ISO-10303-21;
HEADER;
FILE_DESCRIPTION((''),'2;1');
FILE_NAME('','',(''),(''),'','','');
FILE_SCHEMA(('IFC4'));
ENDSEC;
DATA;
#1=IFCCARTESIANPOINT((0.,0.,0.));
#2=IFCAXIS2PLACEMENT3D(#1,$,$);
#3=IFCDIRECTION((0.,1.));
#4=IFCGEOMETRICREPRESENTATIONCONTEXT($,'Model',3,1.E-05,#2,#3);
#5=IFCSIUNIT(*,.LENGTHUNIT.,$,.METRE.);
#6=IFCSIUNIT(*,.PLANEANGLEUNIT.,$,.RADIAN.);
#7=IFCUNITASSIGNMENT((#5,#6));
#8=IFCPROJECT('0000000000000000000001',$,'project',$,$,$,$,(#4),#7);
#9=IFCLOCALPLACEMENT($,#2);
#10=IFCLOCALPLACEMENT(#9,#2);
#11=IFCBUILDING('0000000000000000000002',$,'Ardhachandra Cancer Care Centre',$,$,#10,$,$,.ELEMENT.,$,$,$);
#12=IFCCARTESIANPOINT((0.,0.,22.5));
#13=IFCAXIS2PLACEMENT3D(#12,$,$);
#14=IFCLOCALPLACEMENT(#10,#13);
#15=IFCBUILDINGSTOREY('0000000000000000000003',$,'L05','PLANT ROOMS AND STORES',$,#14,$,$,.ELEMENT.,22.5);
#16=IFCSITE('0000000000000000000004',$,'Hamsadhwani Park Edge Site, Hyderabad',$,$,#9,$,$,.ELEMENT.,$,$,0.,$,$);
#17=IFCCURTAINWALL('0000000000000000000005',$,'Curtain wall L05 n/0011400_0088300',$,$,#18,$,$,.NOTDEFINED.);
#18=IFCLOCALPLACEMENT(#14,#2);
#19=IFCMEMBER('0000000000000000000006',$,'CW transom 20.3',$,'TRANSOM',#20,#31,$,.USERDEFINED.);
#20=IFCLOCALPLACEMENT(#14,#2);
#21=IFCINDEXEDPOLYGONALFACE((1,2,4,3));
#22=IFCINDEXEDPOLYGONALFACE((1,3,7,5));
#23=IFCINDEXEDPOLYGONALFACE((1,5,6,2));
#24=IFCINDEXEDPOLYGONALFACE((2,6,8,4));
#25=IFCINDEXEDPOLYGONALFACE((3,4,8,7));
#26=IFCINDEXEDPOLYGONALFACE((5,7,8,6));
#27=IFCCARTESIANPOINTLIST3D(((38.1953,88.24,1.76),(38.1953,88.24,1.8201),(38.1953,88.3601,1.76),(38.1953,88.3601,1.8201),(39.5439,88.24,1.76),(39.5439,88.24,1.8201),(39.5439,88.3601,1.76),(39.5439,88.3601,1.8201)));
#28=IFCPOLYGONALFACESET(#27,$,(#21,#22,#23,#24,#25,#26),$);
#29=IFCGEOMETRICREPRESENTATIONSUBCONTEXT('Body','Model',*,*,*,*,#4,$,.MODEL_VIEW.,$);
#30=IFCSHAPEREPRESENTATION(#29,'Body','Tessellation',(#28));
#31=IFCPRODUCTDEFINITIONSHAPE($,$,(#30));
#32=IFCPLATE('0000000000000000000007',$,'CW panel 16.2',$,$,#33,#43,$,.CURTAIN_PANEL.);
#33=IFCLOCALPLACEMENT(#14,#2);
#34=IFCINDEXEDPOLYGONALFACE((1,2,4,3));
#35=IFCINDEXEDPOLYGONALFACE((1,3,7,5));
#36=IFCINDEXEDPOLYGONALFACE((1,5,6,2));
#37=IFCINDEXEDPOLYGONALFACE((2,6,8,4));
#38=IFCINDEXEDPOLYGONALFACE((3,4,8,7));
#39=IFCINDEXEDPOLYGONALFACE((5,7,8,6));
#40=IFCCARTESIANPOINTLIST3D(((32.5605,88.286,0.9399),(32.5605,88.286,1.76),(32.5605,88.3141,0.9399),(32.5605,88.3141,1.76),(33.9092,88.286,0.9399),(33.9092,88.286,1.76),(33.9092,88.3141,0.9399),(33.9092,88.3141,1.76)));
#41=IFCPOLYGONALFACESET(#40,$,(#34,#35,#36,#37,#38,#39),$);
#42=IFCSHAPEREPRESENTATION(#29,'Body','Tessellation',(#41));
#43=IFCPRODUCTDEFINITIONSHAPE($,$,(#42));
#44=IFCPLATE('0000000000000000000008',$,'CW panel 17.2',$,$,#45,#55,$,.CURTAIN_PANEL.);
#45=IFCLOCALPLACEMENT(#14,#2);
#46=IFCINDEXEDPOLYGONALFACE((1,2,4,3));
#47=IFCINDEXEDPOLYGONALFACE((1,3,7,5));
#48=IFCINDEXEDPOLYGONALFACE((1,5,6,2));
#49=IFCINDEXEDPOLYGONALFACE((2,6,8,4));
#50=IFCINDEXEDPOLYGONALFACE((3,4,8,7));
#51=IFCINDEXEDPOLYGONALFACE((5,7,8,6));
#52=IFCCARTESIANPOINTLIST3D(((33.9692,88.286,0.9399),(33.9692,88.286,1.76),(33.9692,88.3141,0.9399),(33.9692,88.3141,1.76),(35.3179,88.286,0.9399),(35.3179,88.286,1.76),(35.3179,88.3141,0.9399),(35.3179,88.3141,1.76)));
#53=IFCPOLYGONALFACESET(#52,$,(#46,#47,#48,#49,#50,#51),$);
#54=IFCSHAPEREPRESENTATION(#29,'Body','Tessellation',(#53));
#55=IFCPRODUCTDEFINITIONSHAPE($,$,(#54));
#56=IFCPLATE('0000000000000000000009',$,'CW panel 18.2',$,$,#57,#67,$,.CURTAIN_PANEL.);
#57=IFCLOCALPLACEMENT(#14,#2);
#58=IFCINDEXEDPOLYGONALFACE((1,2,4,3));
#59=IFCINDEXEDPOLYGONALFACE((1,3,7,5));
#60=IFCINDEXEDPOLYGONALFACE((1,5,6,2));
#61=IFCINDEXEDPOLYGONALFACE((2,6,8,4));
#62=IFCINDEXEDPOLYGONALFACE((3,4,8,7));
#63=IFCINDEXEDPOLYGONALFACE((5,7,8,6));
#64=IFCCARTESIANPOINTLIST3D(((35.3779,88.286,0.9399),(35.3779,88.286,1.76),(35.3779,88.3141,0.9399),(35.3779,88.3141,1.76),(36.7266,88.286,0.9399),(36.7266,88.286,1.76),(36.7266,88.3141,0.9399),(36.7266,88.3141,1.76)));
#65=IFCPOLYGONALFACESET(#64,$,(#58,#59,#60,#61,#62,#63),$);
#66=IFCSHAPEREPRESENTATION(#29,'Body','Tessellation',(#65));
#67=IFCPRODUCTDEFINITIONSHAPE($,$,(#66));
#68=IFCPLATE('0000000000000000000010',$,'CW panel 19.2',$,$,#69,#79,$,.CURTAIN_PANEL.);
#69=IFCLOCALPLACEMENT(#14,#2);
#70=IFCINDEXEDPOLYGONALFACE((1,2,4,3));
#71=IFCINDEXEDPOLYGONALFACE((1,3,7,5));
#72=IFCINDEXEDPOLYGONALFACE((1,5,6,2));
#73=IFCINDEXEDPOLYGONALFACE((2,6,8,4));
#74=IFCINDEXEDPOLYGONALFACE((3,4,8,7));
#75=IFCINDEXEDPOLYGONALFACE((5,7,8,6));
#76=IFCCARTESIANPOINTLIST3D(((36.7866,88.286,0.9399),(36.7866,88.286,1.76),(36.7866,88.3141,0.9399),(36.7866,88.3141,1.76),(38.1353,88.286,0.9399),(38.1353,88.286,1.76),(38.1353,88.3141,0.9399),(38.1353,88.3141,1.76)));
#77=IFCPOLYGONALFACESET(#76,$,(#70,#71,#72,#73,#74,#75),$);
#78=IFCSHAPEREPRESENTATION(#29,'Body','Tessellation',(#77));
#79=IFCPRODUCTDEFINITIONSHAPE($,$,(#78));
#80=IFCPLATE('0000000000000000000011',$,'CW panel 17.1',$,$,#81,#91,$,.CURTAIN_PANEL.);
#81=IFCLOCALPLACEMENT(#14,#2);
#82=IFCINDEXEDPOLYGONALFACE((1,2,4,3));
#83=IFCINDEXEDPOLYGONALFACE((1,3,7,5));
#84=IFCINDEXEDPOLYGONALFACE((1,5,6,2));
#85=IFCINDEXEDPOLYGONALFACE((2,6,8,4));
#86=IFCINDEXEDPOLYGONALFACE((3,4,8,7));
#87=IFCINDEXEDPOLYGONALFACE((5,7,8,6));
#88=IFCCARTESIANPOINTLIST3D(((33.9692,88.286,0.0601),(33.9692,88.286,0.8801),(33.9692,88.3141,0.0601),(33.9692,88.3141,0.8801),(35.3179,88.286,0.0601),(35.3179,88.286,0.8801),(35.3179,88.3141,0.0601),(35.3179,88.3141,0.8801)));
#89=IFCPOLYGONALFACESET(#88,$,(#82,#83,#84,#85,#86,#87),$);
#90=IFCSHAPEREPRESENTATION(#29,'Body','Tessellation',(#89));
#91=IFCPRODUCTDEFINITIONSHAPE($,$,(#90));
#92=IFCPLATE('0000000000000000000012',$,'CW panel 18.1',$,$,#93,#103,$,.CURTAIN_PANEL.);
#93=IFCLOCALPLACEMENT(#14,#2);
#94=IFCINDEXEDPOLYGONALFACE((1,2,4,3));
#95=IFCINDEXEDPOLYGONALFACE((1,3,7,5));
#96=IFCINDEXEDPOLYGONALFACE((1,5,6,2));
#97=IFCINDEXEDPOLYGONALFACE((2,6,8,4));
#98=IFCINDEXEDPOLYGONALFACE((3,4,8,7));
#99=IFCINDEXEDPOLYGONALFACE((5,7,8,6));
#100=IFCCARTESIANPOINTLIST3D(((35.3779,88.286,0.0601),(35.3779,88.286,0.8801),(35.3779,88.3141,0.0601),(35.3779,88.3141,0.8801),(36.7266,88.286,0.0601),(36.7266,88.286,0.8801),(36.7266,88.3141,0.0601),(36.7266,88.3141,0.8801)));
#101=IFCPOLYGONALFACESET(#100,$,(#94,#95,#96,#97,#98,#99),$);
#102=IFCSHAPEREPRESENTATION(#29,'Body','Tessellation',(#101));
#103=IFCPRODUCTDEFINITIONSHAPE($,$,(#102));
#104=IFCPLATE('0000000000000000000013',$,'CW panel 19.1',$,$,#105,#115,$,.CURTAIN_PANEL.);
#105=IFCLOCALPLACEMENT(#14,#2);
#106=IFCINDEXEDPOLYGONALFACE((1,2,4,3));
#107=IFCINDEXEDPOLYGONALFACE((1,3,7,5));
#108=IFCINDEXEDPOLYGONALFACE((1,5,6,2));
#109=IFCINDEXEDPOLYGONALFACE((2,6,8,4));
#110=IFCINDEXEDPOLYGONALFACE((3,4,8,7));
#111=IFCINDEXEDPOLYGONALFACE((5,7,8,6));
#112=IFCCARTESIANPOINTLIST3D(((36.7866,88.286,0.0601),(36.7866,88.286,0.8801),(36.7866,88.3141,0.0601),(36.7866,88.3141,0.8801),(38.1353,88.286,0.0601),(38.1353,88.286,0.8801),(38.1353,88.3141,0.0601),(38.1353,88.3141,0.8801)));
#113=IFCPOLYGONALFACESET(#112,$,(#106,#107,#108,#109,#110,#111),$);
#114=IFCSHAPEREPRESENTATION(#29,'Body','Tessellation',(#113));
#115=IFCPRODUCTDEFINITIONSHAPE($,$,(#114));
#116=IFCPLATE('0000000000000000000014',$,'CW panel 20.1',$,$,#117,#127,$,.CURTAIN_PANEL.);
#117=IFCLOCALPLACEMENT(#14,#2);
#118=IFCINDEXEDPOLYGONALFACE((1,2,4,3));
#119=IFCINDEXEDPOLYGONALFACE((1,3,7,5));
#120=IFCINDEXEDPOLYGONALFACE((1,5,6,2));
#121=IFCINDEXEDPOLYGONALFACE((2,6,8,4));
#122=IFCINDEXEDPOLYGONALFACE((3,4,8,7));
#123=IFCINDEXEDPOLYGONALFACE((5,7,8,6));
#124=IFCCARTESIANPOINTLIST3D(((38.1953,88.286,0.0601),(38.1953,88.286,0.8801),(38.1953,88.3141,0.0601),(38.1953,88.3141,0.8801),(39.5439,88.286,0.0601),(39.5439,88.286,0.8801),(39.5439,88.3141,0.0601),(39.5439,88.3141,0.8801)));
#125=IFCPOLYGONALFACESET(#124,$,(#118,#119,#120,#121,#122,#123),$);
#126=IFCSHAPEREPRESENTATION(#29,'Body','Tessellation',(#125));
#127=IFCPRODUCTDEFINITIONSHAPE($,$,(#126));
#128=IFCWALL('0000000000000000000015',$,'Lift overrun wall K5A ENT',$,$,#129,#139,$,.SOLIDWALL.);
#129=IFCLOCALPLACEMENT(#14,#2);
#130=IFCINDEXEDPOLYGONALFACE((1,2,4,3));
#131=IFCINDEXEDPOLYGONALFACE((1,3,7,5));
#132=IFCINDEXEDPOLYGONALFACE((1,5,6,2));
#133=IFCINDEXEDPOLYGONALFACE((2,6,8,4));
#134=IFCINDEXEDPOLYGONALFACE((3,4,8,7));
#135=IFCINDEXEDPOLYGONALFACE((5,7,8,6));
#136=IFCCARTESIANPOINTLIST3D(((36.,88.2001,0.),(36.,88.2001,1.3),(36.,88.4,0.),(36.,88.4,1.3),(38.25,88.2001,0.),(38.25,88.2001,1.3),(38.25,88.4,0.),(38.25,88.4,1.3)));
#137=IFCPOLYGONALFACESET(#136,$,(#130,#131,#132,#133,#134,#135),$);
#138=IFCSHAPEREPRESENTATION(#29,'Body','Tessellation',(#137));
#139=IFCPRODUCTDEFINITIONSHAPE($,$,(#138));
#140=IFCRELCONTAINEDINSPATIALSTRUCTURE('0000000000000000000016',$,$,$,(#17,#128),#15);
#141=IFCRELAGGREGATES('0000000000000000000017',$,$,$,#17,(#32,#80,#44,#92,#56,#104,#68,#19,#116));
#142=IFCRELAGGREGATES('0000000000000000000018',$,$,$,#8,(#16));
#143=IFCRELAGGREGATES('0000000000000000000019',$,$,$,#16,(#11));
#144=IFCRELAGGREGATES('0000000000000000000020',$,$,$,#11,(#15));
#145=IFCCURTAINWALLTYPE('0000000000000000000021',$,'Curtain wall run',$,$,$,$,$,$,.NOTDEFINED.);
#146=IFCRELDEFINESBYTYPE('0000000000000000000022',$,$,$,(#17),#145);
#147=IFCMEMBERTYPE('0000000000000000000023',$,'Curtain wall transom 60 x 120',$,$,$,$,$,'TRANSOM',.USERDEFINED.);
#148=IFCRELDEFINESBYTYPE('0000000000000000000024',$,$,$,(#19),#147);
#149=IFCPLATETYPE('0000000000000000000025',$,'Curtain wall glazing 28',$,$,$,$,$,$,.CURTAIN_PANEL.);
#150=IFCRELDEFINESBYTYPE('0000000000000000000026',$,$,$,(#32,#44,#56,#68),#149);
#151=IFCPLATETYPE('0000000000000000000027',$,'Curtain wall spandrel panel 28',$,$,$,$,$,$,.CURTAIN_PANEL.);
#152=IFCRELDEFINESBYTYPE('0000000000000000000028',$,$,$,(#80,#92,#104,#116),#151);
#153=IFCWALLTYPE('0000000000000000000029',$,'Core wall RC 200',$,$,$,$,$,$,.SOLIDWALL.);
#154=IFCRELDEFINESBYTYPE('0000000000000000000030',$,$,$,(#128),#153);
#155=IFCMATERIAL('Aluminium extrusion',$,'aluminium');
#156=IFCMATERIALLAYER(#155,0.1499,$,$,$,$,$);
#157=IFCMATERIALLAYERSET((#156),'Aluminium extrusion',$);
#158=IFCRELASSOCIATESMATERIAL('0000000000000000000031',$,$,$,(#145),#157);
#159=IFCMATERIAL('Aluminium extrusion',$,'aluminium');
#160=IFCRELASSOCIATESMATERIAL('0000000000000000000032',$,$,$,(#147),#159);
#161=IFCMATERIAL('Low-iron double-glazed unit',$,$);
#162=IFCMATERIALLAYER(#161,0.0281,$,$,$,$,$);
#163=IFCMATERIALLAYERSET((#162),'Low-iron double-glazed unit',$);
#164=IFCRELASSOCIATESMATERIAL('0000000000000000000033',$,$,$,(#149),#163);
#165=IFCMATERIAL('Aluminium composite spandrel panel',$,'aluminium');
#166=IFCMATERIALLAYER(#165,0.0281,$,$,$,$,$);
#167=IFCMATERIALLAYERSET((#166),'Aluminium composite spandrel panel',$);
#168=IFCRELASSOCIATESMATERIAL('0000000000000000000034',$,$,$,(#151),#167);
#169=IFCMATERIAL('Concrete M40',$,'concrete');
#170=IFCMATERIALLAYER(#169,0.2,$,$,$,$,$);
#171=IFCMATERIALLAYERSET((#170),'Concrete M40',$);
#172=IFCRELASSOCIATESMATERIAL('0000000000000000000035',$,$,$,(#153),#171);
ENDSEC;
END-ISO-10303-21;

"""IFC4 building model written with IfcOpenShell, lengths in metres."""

from ifc_helpers import new_model, si_unit, direction, frame, frame_2d, origin, origin_2d, place, context, subcontext, project, spatial, rectangle, extrude, material, layer, layer_set, material_profile, profile_set, type_object, element, aggregate, save


model = new_model("IFC4")

# Units and contexts
model_context = context("Model", 3, precision=1e-05, world=origin(), true_north=direction((0.0, 1.0)))
body_context = subcontext(model_context, "Body", "Model", "MODEL_VIEW")
ifc_project = project(units=[si_unit("LENGTHUNIT", "METRE"), si_unit("PLANEANGLEUNIT", "RADIAN")], contexts=[model_context])

# Site, building, storey
site_placement = place(None, origin())
site = spatial("IfcSite", under=ifc_project, at=site_placement, Name="Hamsadhwani Park Edge Site, Hyderabad", CompositionType="ELEMENT", RefElevation=0.0)
building_placement = place(site_placement, origin())
building = spatial("IfcBuilding", under=site, at=building_placement, Name="Ardhachandra Cancer Care Centre", CompositionType="ELEMENT")
storey_placement = place(building_placement, frame((0.0, 0.0, 22.5)))
storey = spatial("IfcBuildingStorey", under=building, at=storey_placement, Name="L05", Description="PLANT ROOMS AND STORES", CompositionType="ELEMENT", Elevation=22.5)

# Curtain wall, member, plates
ifc_material_1 = material(Name="Aluminium extrusion", Category="aluminium")
ifc_layer_1 = layer(ifc_material_1, 0.1499)
ifc_layer_set_1 = layer_set([ifc_layer_1], Name="Aluminium extrusion")
curtain_wall_type = type_object("IfcCurtainWallType", Name="Curtain wall run", PredefinedType="NOTDEFINED", material=ifc_layer_set_1)
curtain_wall_placement = place(storey_placement, origin())
curtain_wall = element("IfcCurtainWall", 1, at=curtain_wall_placement, inside=storey, type_object=curtain_wall_type, Name="Curtain wall L05 n/0011400_0088300", PredefinedType="NOTDEFINED")
ifc_material_2 = material(Name="Aluminium extrusion", Category="aluminium")
ifc_material_profile_1 = material_profile(ifc_material_2, rectangle(XDim=0.1201, YDim=0.0601, at=origin_2d()), Name="Curtain wall transom 60 x 120")
ifc_profile_set_1 = profile_set([ifc_material_profile_1], Name="Aluminium extrusion")
member_type_1 = type_object("IfcMemberType", Name="Curtain wall transom 60 x 120", ElementType="TRANSOM", PredefinedType="USERDEFINED", material=ifc_profile_set_1)
member_1_placement = place(storey_placement, frame((38.1953, 88.3, 1.79), z_axis=(1.0, 0.0, 0.0), x_axis=(0.0, 1.0, 0.0)))
member_1 = element("IfcMember", 2, at=member_1_placement, type_object=member_type_1, Name="CW transom 20.3", ObjectType="TRANSOM", PredefinedType="USERDEFINED", context=body_context, shape_type="SweptSolid", body=[
    extrude(rectangle(XDim=0.1201, YDim=0.0601, at=origin_2d()), origin(), (0.0, 0.0, 1.0), 1.3486),
])
ifc_material_3 = material(Name="Low-iron double-glazed unit")
ifc_layer_2 = layer(ifc_material_3, 0.0281)
ifc_layer_set_2 = layer_set([ifc_layer_2], Name="Low-iron double-glazed unit")
plate_type_1 = type_object("IfcPlateType", Name="Curtain wall glazing 28", PredefinedType="CURTAIN_PANEL", material=ifc_layer_set_2)
plate_1_placement = place(storey_placement, frame((33.2349, 88.3, 0.9399), z_axis=(0.0, 0.0, 1.0), x_axis=(1.0, 0.0, 0.0)))
plate_1 = element("IfcPlate", 3, at=plate_1_placement, type_object=plate_type_1, Name="CW panel 16.2", PredefinedType="CURTAIN_PANEL", context=body_context, shape_type="SweptSolid", body=[
    extrude(rectangle(XDim=1.3486, YDim=0.0281, at=origin_2d()), origin(), (0.0, 0.0, 1.0), 0.8201),
])
plate_2_placement = place(storey_placement, frame((34.6436, 88.3, 0.9399), z_axis=(0.0, 0.0, 1.0), x_axis=(1.0, 0.0, 0.0)))
plate_2 = element("IfcPlate", 4, at=plate_2_placement, type_object=plate_type_1, Name="CW panel 17.2", PredefinedType="CURTAIN_PANEL", context=body_context, shape_type="SweptSolid", body=[
    extrude(rectangle(XDim=1.3486, YDim=0.0281, at=origin_2d()), origin(), (0.0, 0.0, 1.0), 0.8201),
])
plate_3_placement = place(storey_placement, frame((36.0522, 88.3, 0.9399), z_axis=(0.0, 0.0, 1.0), x_axis=(1.0, 0.0, 0.0)))
plate_3 = element("IfcPlate", 5, at=plate_3_placement, type_object=plate_type_1, Name="CW panel 18.2", PredefinedType="CURTAIN_PANEL", context=body_context, shape_type="SweptSolid", body=[
    extrude(rectangle(XDim=1.3486, YDim=0.0281, at=origin_2d()), origin(), (0.0, 0.0, 1.0), 0.8201),
])
plate_4_placement = place(storey_placement, frame((37.4609, 88.3, 0.9399), z_axis=(0.0, 0.0, 1.0), x_axis=(1.0, 0.0, 0.0)))
plate_4 = element("IfcPlate", 6, at=plate_4_placement, type_object=plate_type_1, Name="CW panel 19.2", PredefinedType="CURTAIN_PANEL", context=body_context, shape_type="SweptSolid", body=[
    extrude(rectangle(XDim=1.3486, YDim=0.0281, at=origin_2d()), origin(), (0.0, 0.0, 1.0), 0.8201),
])
ifc_material_4 = material(Name="Aluminium composite spandrel panel", Category="aluminium")
ifc_layer_3 = layer(ifc_material_4, 0.0281)
ifc_layer_set_3 = layer_set([ifc_layer_3], Name="Aluminium composite spandrel panel")
plate_type_2 = type_object("IfcPlateType", Name="Curtain wall spandrel panel 28", PredefinedType="CURTAIN_PANEL", material=ifc_layer_set_3)
plate_5_placement = place(storey_placement, frame((34.6436, 88.3, 0.0601), z_axis=(0.0, 0.0, 1.0), x_axis=(1.0, 0.0, 0.0)))
plate_5 = element("IfcPlate", 7, at=plate_5_placement, type_object=plate_type_2, Name="CW panel 17.1", PredefinedType="CURTAIN_PANEL", context=body_context, shape_type="SweptSolid", body=[
    extrude(rectangle(XDim=1.3486, YDim=0.0281, at=origin_2d()), origin(), (0.0, 0.0, 1.0), 0.8201),
])
plate_6_placement = place(storey_placement, frame((36.0522, 88.3, 0.0601), z_axis=(0.0, 0.0, 1.0), x_axis=(1.0, 0.0, 0.0)))
plate_6 = element("IfcPlate", 8, at=plate_6_placement, type_object=plate_type_2, Name="CW panel 18.1", PredefinedType="CURTAIN_PANEL", context=body_context, shape_type="SweptSolid", body=[
    extrude(rectangle(XDim=1.3486, YDim=0.0281, at=origin_2d()), origin(), (0.0, 0.0, 1.0), 0.8201),
])
plate_7_placement = place(storey_placement, frame((37.4609, 88.3, 0.0601), z_axis=(0.0, 0.0, 1.0), x_axis=(1.0, 0.0, 0.0)))
plate_7 = element("IfcPlate", 9, at=plate_7_placement, type_object=plate_type_2, Name="CW panel 19.1", PredefinedType="CURTAIN_PANEL", context=body_context, shape_type="SweptSolid", body=[
    extrude(rectangle(XDim=1.3486, YDim=0.0281, at=origin_2d()), origin(), (0.0, 0.0, 1.0), 0.8201),
])
plate_8_placement = place(storey_placement, frame((38.8696, 88.3, 0.0601), z_axis=(0.0, 0.0, 1.0), x_axis=(1.0, 0.0, 0.0)))
plate_8 = element("IfcPlate", 10, at=plate_8_placement, type_object=plate_type_2, Name="CW panel 20.1", PredefinedType="CURTAIN_PANEL", context=body_context, shape_type="SweptSolid", body=[
    extrude(rectangle(XDim=1.3486, YDim=0.0281, at=origin_2d()), origin(), (0.0, 0.0, 1.0), 0.8201),
])
aggregate(curtain_wall, [plate_1, plate_5, plate_2, plate_6, plate_3, plate_7, plate_4, member_1, plate_8])

# Wall
ifc_material_5 = material(Name="Concrete M40", Category="concrete")
ifc_layer_4 = layer(ifc_material_5, 0.2)
ifc_layer_set_4 = layer_set([ifc_layer_4], Name="Concrete M40")
wall_type = type_object("IfcWallType", Name="Core wall RC 200", PredefinedType="SOLIDWALL", material=ifc_layer_set_4)
wall_placement = place(storey_placement, frame((38.25, 88.3, 0.0), z_axis=(0.0, 0.0, 1.0), x_axis=(-1.0, 0.0, 0.0)))
element("IfcWall", 11, at=wall_placement, inside=storey, type_object=wall_type, Name="Lift overrun wall K5A ENT", PredefinedType="SOLIDWALL", context=body_context, shape_type="SweptSolid", body=[
    extrude(rectangle(XDim=2.25, YDim=0.2, at=frame_2d((1.125, 0.0))), origin(), (0.0, 0.0, 1.0), 1.3),
])

save(model, "model.ifc")
